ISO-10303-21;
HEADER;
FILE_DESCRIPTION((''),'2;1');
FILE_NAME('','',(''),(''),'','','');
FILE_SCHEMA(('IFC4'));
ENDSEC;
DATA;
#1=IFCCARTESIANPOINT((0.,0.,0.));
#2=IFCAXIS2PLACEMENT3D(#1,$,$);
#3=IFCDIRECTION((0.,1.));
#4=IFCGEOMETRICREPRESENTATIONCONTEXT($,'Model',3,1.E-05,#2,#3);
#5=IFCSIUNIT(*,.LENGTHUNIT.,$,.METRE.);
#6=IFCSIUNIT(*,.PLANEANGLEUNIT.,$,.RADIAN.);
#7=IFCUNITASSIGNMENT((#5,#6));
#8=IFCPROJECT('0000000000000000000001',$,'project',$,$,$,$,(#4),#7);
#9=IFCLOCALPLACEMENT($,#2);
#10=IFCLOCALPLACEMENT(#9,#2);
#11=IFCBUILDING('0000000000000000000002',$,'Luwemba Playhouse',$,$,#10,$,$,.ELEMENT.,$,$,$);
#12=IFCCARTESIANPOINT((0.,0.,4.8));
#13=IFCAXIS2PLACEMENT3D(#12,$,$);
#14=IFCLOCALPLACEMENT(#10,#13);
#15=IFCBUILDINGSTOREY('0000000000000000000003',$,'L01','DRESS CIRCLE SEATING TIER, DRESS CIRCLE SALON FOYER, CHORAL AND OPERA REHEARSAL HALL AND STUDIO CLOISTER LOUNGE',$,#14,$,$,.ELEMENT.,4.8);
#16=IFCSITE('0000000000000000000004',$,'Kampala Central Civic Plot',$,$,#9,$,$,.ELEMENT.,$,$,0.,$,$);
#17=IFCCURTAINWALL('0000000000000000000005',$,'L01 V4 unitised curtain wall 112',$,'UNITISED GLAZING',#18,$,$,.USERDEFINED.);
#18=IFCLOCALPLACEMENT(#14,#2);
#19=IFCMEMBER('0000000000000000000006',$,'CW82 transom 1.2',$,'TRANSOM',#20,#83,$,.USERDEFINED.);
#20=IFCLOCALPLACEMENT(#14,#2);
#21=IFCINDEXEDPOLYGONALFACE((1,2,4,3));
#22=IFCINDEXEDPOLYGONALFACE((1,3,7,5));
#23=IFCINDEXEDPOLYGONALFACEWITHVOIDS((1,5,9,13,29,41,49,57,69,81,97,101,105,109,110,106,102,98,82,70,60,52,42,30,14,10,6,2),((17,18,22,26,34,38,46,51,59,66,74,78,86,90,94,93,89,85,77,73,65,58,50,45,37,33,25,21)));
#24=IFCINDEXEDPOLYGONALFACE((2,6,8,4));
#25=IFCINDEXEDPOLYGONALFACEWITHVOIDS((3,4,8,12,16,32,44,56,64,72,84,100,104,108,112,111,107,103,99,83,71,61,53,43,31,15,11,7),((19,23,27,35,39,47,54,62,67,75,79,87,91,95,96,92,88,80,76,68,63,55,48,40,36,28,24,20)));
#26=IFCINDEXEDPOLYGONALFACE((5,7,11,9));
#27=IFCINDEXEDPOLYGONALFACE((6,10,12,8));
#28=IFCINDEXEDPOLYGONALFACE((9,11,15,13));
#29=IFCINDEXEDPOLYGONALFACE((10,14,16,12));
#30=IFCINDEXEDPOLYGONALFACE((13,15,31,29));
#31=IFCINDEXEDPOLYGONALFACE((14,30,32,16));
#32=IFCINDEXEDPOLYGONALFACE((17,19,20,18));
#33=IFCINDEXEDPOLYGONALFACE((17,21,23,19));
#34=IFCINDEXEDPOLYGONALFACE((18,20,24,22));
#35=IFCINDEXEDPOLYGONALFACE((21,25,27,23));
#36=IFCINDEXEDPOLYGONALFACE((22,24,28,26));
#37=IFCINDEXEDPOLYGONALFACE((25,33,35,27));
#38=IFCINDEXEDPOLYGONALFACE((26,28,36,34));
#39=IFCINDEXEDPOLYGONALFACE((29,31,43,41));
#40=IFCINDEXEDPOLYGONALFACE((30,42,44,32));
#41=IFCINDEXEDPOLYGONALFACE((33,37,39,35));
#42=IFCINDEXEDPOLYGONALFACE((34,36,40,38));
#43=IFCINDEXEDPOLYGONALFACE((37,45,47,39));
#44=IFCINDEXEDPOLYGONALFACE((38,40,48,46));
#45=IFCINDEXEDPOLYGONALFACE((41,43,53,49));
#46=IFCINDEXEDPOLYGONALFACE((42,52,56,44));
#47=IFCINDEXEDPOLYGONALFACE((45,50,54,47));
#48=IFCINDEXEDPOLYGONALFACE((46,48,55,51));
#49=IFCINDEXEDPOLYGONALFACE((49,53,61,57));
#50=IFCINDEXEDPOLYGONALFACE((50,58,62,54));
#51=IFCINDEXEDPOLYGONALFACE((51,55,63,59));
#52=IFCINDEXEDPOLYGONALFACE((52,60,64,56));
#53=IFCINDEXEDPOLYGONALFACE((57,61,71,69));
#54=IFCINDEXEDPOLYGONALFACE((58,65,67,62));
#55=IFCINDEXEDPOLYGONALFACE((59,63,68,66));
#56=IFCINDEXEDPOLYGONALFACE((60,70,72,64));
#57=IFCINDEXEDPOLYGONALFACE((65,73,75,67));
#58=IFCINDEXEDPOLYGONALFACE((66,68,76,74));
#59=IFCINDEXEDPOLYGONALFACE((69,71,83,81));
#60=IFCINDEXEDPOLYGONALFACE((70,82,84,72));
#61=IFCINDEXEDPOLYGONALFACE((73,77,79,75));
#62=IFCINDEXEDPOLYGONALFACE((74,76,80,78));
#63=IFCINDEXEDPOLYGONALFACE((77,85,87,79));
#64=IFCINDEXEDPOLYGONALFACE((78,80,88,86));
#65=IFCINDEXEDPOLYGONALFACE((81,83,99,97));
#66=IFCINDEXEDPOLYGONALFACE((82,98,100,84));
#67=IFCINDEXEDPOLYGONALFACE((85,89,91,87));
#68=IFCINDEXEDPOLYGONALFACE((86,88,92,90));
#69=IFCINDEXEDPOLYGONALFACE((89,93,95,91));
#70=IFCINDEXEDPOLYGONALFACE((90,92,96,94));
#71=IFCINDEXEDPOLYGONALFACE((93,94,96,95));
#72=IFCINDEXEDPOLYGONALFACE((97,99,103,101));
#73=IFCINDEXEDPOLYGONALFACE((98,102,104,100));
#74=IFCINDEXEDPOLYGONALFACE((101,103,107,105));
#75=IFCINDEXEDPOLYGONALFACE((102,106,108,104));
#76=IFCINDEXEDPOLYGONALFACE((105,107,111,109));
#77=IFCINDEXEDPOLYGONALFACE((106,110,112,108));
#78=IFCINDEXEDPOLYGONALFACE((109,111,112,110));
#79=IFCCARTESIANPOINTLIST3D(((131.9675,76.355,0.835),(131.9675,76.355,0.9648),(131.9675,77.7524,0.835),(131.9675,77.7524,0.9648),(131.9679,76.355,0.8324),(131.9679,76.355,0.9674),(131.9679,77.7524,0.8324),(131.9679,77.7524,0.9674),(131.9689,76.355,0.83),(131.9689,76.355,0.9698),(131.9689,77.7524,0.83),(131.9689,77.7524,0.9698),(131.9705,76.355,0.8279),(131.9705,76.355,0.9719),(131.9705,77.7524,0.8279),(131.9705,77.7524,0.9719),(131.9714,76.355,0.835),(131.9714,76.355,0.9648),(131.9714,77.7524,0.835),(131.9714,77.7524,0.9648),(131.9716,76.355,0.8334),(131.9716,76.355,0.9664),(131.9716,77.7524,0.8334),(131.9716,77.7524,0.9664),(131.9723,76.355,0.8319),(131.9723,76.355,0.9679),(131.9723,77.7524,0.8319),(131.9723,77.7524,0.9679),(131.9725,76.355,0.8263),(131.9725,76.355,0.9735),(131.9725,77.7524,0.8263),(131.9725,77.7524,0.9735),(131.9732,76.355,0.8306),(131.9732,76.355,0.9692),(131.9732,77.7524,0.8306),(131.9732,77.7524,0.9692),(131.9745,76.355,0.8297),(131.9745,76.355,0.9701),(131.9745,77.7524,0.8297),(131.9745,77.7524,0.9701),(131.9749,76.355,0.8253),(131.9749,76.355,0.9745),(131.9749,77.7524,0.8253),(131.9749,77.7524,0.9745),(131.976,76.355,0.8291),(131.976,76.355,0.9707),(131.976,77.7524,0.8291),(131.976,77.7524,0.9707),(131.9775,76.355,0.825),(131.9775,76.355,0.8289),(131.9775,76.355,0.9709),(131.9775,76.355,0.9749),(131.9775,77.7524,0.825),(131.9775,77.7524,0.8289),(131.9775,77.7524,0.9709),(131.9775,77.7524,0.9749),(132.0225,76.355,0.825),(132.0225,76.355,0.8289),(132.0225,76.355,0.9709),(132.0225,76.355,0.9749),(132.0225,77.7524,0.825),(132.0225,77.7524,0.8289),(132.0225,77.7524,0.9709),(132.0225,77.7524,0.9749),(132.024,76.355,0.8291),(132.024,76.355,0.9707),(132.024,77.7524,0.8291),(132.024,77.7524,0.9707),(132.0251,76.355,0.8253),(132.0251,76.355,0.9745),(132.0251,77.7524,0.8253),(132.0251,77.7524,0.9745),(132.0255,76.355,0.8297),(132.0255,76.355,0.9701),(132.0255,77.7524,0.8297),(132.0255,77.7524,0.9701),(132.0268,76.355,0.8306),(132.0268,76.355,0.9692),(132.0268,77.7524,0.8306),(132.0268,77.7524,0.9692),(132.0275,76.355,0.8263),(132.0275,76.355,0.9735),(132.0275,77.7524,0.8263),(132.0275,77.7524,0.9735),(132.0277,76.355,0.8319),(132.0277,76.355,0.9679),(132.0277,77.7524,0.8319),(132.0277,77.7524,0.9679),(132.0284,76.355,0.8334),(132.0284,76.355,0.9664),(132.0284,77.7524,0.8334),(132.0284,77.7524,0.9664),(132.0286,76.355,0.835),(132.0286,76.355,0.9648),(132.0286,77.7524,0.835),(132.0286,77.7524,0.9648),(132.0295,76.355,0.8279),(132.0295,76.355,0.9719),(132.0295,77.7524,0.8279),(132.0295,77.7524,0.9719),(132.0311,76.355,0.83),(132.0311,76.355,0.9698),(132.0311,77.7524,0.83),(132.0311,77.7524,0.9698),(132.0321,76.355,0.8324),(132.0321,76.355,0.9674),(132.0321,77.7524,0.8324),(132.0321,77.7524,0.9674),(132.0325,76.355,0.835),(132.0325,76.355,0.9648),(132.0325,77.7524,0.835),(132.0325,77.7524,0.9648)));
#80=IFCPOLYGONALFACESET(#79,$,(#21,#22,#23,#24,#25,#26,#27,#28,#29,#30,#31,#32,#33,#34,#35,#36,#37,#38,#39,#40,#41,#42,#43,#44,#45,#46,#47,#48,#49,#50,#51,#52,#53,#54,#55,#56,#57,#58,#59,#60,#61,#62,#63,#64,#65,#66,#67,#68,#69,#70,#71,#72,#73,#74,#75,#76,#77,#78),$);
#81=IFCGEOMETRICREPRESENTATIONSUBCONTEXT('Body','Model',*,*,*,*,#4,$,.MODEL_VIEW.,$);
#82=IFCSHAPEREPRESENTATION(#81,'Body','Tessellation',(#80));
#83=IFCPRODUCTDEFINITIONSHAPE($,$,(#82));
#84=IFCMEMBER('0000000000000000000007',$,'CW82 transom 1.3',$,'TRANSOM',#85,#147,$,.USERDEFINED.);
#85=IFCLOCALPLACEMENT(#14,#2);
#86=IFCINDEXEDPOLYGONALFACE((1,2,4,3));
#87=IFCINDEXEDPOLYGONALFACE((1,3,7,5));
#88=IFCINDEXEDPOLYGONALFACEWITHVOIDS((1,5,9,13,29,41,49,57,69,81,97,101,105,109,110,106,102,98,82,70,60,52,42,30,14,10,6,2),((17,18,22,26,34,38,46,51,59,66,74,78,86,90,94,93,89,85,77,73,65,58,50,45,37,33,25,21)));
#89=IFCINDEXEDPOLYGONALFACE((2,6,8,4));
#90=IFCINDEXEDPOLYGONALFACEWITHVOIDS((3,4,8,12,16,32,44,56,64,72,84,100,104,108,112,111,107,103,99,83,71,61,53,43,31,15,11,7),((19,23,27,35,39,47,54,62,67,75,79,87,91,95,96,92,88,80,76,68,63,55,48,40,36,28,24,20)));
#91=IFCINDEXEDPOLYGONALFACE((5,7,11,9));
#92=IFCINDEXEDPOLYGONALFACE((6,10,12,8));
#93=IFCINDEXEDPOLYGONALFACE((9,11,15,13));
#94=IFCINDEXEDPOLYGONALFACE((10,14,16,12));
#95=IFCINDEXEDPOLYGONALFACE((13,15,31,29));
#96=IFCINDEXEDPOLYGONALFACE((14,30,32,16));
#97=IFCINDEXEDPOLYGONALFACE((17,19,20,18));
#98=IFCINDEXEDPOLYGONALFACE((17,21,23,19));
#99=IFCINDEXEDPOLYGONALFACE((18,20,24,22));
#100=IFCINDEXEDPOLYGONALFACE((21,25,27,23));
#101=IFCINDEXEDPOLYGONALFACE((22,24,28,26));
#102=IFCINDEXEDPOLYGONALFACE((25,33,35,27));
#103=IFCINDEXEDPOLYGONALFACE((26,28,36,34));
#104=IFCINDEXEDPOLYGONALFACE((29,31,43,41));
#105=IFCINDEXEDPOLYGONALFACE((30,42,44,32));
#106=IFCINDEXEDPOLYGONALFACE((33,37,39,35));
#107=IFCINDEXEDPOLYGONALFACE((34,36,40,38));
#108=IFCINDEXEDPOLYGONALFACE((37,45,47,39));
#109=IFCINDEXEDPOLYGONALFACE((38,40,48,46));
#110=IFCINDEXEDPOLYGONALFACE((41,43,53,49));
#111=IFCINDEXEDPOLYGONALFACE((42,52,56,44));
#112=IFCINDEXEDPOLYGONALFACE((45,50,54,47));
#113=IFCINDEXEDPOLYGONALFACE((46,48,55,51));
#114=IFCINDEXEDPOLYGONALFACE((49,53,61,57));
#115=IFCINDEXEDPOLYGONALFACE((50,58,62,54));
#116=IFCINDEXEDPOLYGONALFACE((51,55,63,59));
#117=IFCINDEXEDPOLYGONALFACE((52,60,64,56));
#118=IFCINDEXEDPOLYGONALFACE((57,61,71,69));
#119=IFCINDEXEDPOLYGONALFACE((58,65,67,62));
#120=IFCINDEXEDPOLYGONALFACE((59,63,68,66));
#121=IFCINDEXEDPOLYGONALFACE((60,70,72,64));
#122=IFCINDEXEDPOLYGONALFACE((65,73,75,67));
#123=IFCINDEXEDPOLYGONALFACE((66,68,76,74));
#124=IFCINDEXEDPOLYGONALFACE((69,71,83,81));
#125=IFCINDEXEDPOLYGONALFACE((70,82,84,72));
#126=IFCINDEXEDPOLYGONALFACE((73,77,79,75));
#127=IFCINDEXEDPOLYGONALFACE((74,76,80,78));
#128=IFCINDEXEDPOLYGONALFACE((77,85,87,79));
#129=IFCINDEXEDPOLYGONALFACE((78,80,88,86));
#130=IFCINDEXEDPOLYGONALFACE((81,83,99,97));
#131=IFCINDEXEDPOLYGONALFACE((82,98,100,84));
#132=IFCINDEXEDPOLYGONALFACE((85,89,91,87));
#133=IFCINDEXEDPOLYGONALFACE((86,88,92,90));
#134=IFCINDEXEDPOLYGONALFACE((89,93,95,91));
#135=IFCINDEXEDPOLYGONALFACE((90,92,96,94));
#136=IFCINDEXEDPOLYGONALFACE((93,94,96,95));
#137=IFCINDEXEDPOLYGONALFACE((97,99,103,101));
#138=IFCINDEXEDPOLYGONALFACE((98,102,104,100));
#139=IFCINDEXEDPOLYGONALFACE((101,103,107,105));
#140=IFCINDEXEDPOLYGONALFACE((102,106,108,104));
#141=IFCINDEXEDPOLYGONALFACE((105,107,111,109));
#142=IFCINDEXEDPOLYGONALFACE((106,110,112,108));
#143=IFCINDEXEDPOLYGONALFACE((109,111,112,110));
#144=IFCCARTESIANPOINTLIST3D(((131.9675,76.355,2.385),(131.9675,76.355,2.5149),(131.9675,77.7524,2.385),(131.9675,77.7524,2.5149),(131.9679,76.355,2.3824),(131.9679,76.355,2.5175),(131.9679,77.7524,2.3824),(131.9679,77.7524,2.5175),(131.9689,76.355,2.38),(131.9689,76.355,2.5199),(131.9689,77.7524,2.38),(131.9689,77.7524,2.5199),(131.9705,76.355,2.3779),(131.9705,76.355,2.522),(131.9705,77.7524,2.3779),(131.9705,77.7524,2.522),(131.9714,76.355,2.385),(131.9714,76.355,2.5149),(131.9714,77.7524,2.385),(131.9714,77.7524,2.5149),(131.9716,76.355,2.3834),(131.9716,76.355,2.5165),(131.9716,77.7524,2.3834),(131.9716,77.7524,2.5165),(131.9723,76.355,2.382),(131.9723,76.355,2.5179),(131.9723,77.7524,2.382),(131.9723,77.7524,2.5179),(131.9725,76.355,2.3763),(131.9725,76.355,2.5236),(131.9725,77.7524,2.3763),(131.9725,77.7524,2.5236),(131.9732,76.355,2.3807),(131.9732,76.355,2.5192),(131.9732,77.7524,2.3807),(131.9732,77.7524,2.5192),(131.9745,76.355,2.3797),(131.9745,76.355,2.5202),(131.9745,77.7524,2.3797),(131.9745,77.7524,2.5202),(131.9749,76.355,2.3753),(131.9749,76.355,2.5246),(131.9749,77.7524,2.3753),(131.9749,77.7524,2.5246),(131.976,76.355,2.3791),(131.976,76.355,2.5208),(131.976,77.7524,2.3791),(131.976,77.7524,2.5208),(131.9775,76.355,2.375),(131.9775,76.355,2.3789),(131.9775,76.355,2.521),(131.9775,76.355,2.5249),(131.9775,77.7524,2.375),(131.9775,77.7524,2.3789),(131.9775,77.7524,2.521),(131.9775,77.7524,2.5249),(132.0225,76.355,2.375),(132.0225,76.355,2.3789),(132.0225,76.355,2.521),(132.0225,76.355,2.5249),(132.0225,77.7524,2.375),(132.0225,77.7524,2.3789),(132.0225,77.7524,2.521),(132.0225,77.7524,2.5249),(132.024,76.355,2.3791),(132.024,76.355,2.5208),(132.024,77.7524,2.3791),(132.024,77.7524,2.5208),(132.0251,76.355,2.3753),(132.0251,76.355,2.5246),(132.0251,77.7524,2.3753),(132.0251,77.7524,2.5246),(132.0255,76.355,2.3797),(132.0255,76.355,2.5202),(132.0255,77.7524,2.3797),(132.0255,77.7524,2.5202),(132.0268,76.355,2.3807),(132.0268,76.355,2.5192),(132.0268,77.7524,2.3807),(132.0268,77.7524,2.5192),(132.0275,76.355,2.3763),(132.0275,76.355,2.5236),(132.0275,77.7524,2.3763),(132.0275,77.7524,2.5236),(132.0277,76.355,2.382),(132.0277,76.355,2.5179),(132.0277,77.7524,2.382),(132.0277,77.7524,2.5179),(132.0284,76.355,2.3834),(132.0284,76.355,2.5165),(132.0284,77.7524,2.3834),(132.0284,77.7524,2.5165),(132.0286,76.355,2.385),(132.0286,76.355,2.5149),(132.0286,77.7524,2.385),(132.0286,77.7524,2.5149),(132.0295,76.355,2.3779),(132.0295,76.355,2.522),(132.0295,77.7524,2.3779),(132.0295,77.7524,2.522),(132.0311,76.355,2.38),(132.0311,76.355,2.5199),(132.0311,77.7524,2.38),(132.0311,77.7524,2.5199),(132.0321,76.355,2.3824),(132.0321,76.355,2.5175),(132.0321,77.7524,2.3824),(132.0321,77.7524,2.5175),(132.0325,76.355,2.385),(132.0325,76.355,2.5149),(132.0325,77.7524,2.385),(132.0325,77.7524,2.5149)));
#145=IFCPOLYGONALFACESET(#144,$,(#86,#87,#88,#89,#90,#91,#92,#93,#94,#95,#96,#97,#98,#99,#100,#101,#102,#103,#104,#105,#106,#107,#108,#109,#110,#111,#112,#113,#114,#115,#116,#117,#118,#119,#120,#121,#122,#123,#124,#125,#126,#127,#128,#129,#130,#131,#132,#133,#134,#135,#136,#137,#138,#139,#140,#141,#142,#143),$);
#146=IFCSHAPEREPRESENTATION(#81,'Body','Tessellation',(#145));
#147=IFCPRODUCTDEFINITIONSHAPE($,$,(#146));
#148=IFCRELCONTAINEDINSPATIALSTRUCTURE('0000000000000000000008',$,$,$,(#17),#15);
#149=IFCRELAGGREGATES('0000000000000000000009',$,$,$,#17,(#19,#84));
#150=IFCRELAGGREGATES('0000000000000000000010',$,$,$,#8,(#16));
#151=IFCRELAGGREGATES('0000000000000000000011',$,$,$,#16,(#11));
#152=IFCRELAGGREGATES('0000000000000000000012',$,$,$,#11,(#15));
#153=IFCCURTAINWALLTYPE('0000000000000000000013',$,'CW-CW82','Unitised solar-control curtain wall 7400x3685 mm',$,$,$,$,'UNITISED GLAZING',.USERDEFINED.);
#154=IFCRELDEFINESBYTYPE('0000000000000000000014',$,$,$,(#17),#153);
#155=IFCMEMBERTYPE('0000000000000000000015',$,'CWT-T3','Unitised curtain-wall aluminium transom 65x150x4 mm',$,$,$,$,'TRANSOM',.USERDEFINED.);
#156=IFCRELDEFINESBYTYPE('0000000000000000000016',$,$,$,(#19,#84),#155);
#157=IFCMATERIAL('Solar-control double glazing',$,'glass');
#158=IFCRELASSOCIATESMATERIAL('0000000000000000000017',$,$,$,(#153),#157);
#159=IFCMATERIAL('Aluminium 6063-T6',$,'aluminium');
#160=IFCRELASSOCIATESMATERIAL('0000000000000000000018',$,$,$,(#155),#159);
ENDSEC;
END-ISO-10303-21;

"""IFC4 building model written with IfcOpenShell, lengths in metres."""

from ifc_helpers import new_model, si_unit, direction, frame, origin, origin_2d, place, context, subcontext, project, spatial, hollow_rectangle, extrude, material, material_profile, profile_set, type_object, element, aggregate, save


model = new_model("IFC4")

# Units and contexts
model_context = context("Model", 3, precision=1e-05, world=origin(), true_north=direction((0.0, 1.0)))
body_context = subcontext(model_context, "Body", "Model", "MODEL_VIEW")
ifc_project = project(units=[si_unit("LENGTHUNIT", "METRE"), si_unit("PLANEANGLEUNIT", "RADIAN")], contexts=[model_context])

# Site, building, storey
site_placement = place(None, origin())
site = spatial("IfcSite", under=ifc_project, at=site_placement, Name="Kampala Central Civic Plot", CompositionType="ELEMENT", RefElevation=0.0)
building_placement = place(site_placement, origin())
building = spatial("IfcBuilding", under=site, at=building_placement, Name="Luwemba Playhouse", CompositionType="ELEMENT")
storey_placement = place(building_placement, frame((0.0, 0.0, 4.8)))
storey = spatial("IfcBuildingStorey", under=building, at=storey_placement, Name="L01", Description="DRESS CIRCLE SEATING TIER, DRESS CIRCLE SALON FOYER, CHORAL AND OPERA REHEARSAL HALL AND STUDIO CLOISTER LOUNGE", CompositionType="ELEMENT", Elevation=4.8)

# Curtain wall
ifc_material_1 = material(Name="Solar-control double glazing", Category="glass")
curtain_wall_type_1 = type_object("IfcCurtainWallType", Name="CW-CW82", Description="Unitised solar-control curtain wall 7400x3685 mm", ElementType="UNITISED GLAZING", PredefinedType="USERDEFINED", material=ifc_material_1)
curtain_wall_1_placement = place(storey_placement, origin())
curtain_wall_1 = element("IfcCurtainWall", 1, at=curtain_wall_1_placement, inside=storey, type_object=curtain_wall_type_1, Name="L01 V4 unitised curtain wall 112", ObjectType="UNITISED GLAZING", PredefinedType="USERDEFINED")
ifc_material_2 = material(Name="Aluminium 6063-T6", Category="aluminium")

# Members
ifc_material_profile_1 = material_profile(ifc_material_2, hollow_rectangle(XDim=0.0649, YDim=0.1499, WallThickness=0.0039, InnerFilletRadius=0.0061, OuterFilletRadius=0.01, at=origin_2d()))
ifc_profile_set_1 = profile_set([ifc_material_profile_1], Name="Aluminium 6063-T6")
member_type_1 = type_object("IfcMemberType", Name="CWT-T3", Description="Unitised curtain-wall aluminium transom 65x150x4 mm", ElementType="TRANSOM", PredefinedType="USERDEFINED", material=ifc_profile_set_1)
member_1_placement = place(storey_placement, frame((132.0, 76.355, 0.8999), z_axis=(0.0, 1.0, 0.0), x_axis=(-1.0, 0.0, 0.0)))
member_1 = element("IfcMember", 2, at=member_1_placement, type_object=member_type_1, Name="CW82 transom 1.2", ObjectType="TRANSOM", PredefinedType="USERDEFINED", context=body_context, shape_type="SweptSolid", body=[
    extrude(hollow_rectangle(XDim=0.0649, YDim=0.1499, WallThickness=0.0039, InnerFilletRadius=0.0061, OuterFilletRadius=0.01, at=origin_2d()), origin(), (0.0, 0.0, 1.0), 1.3975),
])
member_2_placement = place(storey_placement, frame((132.0, 76.355, 2.45), z_axis=(0.0, 1.0, 0.0), x_axis=(-1.0, 0.0, 0.0)))
member_2 = element("IfcMember", 3, at=member_2_placement, type_object=member_type_1, Name="CW82 transom 1.3", ObjectType="TRANSOM", PredefinedType="USERDEFINED", context=body_context, shape_type="SweptSolid", body=[
    extrude(hollow_rectangle(XDim=0.0649, YDim=0.1499, WallThickness=0.0039, InnerFilletRadius=0.0061, OuterFilletRadius=0.01, at=origin_2d()), origin(), (0.0, 0.0, 1.0), 1.3975),
])

aggregate(curtain_wall_1, [member_1, member_2])

save(model, "model.ifc")
